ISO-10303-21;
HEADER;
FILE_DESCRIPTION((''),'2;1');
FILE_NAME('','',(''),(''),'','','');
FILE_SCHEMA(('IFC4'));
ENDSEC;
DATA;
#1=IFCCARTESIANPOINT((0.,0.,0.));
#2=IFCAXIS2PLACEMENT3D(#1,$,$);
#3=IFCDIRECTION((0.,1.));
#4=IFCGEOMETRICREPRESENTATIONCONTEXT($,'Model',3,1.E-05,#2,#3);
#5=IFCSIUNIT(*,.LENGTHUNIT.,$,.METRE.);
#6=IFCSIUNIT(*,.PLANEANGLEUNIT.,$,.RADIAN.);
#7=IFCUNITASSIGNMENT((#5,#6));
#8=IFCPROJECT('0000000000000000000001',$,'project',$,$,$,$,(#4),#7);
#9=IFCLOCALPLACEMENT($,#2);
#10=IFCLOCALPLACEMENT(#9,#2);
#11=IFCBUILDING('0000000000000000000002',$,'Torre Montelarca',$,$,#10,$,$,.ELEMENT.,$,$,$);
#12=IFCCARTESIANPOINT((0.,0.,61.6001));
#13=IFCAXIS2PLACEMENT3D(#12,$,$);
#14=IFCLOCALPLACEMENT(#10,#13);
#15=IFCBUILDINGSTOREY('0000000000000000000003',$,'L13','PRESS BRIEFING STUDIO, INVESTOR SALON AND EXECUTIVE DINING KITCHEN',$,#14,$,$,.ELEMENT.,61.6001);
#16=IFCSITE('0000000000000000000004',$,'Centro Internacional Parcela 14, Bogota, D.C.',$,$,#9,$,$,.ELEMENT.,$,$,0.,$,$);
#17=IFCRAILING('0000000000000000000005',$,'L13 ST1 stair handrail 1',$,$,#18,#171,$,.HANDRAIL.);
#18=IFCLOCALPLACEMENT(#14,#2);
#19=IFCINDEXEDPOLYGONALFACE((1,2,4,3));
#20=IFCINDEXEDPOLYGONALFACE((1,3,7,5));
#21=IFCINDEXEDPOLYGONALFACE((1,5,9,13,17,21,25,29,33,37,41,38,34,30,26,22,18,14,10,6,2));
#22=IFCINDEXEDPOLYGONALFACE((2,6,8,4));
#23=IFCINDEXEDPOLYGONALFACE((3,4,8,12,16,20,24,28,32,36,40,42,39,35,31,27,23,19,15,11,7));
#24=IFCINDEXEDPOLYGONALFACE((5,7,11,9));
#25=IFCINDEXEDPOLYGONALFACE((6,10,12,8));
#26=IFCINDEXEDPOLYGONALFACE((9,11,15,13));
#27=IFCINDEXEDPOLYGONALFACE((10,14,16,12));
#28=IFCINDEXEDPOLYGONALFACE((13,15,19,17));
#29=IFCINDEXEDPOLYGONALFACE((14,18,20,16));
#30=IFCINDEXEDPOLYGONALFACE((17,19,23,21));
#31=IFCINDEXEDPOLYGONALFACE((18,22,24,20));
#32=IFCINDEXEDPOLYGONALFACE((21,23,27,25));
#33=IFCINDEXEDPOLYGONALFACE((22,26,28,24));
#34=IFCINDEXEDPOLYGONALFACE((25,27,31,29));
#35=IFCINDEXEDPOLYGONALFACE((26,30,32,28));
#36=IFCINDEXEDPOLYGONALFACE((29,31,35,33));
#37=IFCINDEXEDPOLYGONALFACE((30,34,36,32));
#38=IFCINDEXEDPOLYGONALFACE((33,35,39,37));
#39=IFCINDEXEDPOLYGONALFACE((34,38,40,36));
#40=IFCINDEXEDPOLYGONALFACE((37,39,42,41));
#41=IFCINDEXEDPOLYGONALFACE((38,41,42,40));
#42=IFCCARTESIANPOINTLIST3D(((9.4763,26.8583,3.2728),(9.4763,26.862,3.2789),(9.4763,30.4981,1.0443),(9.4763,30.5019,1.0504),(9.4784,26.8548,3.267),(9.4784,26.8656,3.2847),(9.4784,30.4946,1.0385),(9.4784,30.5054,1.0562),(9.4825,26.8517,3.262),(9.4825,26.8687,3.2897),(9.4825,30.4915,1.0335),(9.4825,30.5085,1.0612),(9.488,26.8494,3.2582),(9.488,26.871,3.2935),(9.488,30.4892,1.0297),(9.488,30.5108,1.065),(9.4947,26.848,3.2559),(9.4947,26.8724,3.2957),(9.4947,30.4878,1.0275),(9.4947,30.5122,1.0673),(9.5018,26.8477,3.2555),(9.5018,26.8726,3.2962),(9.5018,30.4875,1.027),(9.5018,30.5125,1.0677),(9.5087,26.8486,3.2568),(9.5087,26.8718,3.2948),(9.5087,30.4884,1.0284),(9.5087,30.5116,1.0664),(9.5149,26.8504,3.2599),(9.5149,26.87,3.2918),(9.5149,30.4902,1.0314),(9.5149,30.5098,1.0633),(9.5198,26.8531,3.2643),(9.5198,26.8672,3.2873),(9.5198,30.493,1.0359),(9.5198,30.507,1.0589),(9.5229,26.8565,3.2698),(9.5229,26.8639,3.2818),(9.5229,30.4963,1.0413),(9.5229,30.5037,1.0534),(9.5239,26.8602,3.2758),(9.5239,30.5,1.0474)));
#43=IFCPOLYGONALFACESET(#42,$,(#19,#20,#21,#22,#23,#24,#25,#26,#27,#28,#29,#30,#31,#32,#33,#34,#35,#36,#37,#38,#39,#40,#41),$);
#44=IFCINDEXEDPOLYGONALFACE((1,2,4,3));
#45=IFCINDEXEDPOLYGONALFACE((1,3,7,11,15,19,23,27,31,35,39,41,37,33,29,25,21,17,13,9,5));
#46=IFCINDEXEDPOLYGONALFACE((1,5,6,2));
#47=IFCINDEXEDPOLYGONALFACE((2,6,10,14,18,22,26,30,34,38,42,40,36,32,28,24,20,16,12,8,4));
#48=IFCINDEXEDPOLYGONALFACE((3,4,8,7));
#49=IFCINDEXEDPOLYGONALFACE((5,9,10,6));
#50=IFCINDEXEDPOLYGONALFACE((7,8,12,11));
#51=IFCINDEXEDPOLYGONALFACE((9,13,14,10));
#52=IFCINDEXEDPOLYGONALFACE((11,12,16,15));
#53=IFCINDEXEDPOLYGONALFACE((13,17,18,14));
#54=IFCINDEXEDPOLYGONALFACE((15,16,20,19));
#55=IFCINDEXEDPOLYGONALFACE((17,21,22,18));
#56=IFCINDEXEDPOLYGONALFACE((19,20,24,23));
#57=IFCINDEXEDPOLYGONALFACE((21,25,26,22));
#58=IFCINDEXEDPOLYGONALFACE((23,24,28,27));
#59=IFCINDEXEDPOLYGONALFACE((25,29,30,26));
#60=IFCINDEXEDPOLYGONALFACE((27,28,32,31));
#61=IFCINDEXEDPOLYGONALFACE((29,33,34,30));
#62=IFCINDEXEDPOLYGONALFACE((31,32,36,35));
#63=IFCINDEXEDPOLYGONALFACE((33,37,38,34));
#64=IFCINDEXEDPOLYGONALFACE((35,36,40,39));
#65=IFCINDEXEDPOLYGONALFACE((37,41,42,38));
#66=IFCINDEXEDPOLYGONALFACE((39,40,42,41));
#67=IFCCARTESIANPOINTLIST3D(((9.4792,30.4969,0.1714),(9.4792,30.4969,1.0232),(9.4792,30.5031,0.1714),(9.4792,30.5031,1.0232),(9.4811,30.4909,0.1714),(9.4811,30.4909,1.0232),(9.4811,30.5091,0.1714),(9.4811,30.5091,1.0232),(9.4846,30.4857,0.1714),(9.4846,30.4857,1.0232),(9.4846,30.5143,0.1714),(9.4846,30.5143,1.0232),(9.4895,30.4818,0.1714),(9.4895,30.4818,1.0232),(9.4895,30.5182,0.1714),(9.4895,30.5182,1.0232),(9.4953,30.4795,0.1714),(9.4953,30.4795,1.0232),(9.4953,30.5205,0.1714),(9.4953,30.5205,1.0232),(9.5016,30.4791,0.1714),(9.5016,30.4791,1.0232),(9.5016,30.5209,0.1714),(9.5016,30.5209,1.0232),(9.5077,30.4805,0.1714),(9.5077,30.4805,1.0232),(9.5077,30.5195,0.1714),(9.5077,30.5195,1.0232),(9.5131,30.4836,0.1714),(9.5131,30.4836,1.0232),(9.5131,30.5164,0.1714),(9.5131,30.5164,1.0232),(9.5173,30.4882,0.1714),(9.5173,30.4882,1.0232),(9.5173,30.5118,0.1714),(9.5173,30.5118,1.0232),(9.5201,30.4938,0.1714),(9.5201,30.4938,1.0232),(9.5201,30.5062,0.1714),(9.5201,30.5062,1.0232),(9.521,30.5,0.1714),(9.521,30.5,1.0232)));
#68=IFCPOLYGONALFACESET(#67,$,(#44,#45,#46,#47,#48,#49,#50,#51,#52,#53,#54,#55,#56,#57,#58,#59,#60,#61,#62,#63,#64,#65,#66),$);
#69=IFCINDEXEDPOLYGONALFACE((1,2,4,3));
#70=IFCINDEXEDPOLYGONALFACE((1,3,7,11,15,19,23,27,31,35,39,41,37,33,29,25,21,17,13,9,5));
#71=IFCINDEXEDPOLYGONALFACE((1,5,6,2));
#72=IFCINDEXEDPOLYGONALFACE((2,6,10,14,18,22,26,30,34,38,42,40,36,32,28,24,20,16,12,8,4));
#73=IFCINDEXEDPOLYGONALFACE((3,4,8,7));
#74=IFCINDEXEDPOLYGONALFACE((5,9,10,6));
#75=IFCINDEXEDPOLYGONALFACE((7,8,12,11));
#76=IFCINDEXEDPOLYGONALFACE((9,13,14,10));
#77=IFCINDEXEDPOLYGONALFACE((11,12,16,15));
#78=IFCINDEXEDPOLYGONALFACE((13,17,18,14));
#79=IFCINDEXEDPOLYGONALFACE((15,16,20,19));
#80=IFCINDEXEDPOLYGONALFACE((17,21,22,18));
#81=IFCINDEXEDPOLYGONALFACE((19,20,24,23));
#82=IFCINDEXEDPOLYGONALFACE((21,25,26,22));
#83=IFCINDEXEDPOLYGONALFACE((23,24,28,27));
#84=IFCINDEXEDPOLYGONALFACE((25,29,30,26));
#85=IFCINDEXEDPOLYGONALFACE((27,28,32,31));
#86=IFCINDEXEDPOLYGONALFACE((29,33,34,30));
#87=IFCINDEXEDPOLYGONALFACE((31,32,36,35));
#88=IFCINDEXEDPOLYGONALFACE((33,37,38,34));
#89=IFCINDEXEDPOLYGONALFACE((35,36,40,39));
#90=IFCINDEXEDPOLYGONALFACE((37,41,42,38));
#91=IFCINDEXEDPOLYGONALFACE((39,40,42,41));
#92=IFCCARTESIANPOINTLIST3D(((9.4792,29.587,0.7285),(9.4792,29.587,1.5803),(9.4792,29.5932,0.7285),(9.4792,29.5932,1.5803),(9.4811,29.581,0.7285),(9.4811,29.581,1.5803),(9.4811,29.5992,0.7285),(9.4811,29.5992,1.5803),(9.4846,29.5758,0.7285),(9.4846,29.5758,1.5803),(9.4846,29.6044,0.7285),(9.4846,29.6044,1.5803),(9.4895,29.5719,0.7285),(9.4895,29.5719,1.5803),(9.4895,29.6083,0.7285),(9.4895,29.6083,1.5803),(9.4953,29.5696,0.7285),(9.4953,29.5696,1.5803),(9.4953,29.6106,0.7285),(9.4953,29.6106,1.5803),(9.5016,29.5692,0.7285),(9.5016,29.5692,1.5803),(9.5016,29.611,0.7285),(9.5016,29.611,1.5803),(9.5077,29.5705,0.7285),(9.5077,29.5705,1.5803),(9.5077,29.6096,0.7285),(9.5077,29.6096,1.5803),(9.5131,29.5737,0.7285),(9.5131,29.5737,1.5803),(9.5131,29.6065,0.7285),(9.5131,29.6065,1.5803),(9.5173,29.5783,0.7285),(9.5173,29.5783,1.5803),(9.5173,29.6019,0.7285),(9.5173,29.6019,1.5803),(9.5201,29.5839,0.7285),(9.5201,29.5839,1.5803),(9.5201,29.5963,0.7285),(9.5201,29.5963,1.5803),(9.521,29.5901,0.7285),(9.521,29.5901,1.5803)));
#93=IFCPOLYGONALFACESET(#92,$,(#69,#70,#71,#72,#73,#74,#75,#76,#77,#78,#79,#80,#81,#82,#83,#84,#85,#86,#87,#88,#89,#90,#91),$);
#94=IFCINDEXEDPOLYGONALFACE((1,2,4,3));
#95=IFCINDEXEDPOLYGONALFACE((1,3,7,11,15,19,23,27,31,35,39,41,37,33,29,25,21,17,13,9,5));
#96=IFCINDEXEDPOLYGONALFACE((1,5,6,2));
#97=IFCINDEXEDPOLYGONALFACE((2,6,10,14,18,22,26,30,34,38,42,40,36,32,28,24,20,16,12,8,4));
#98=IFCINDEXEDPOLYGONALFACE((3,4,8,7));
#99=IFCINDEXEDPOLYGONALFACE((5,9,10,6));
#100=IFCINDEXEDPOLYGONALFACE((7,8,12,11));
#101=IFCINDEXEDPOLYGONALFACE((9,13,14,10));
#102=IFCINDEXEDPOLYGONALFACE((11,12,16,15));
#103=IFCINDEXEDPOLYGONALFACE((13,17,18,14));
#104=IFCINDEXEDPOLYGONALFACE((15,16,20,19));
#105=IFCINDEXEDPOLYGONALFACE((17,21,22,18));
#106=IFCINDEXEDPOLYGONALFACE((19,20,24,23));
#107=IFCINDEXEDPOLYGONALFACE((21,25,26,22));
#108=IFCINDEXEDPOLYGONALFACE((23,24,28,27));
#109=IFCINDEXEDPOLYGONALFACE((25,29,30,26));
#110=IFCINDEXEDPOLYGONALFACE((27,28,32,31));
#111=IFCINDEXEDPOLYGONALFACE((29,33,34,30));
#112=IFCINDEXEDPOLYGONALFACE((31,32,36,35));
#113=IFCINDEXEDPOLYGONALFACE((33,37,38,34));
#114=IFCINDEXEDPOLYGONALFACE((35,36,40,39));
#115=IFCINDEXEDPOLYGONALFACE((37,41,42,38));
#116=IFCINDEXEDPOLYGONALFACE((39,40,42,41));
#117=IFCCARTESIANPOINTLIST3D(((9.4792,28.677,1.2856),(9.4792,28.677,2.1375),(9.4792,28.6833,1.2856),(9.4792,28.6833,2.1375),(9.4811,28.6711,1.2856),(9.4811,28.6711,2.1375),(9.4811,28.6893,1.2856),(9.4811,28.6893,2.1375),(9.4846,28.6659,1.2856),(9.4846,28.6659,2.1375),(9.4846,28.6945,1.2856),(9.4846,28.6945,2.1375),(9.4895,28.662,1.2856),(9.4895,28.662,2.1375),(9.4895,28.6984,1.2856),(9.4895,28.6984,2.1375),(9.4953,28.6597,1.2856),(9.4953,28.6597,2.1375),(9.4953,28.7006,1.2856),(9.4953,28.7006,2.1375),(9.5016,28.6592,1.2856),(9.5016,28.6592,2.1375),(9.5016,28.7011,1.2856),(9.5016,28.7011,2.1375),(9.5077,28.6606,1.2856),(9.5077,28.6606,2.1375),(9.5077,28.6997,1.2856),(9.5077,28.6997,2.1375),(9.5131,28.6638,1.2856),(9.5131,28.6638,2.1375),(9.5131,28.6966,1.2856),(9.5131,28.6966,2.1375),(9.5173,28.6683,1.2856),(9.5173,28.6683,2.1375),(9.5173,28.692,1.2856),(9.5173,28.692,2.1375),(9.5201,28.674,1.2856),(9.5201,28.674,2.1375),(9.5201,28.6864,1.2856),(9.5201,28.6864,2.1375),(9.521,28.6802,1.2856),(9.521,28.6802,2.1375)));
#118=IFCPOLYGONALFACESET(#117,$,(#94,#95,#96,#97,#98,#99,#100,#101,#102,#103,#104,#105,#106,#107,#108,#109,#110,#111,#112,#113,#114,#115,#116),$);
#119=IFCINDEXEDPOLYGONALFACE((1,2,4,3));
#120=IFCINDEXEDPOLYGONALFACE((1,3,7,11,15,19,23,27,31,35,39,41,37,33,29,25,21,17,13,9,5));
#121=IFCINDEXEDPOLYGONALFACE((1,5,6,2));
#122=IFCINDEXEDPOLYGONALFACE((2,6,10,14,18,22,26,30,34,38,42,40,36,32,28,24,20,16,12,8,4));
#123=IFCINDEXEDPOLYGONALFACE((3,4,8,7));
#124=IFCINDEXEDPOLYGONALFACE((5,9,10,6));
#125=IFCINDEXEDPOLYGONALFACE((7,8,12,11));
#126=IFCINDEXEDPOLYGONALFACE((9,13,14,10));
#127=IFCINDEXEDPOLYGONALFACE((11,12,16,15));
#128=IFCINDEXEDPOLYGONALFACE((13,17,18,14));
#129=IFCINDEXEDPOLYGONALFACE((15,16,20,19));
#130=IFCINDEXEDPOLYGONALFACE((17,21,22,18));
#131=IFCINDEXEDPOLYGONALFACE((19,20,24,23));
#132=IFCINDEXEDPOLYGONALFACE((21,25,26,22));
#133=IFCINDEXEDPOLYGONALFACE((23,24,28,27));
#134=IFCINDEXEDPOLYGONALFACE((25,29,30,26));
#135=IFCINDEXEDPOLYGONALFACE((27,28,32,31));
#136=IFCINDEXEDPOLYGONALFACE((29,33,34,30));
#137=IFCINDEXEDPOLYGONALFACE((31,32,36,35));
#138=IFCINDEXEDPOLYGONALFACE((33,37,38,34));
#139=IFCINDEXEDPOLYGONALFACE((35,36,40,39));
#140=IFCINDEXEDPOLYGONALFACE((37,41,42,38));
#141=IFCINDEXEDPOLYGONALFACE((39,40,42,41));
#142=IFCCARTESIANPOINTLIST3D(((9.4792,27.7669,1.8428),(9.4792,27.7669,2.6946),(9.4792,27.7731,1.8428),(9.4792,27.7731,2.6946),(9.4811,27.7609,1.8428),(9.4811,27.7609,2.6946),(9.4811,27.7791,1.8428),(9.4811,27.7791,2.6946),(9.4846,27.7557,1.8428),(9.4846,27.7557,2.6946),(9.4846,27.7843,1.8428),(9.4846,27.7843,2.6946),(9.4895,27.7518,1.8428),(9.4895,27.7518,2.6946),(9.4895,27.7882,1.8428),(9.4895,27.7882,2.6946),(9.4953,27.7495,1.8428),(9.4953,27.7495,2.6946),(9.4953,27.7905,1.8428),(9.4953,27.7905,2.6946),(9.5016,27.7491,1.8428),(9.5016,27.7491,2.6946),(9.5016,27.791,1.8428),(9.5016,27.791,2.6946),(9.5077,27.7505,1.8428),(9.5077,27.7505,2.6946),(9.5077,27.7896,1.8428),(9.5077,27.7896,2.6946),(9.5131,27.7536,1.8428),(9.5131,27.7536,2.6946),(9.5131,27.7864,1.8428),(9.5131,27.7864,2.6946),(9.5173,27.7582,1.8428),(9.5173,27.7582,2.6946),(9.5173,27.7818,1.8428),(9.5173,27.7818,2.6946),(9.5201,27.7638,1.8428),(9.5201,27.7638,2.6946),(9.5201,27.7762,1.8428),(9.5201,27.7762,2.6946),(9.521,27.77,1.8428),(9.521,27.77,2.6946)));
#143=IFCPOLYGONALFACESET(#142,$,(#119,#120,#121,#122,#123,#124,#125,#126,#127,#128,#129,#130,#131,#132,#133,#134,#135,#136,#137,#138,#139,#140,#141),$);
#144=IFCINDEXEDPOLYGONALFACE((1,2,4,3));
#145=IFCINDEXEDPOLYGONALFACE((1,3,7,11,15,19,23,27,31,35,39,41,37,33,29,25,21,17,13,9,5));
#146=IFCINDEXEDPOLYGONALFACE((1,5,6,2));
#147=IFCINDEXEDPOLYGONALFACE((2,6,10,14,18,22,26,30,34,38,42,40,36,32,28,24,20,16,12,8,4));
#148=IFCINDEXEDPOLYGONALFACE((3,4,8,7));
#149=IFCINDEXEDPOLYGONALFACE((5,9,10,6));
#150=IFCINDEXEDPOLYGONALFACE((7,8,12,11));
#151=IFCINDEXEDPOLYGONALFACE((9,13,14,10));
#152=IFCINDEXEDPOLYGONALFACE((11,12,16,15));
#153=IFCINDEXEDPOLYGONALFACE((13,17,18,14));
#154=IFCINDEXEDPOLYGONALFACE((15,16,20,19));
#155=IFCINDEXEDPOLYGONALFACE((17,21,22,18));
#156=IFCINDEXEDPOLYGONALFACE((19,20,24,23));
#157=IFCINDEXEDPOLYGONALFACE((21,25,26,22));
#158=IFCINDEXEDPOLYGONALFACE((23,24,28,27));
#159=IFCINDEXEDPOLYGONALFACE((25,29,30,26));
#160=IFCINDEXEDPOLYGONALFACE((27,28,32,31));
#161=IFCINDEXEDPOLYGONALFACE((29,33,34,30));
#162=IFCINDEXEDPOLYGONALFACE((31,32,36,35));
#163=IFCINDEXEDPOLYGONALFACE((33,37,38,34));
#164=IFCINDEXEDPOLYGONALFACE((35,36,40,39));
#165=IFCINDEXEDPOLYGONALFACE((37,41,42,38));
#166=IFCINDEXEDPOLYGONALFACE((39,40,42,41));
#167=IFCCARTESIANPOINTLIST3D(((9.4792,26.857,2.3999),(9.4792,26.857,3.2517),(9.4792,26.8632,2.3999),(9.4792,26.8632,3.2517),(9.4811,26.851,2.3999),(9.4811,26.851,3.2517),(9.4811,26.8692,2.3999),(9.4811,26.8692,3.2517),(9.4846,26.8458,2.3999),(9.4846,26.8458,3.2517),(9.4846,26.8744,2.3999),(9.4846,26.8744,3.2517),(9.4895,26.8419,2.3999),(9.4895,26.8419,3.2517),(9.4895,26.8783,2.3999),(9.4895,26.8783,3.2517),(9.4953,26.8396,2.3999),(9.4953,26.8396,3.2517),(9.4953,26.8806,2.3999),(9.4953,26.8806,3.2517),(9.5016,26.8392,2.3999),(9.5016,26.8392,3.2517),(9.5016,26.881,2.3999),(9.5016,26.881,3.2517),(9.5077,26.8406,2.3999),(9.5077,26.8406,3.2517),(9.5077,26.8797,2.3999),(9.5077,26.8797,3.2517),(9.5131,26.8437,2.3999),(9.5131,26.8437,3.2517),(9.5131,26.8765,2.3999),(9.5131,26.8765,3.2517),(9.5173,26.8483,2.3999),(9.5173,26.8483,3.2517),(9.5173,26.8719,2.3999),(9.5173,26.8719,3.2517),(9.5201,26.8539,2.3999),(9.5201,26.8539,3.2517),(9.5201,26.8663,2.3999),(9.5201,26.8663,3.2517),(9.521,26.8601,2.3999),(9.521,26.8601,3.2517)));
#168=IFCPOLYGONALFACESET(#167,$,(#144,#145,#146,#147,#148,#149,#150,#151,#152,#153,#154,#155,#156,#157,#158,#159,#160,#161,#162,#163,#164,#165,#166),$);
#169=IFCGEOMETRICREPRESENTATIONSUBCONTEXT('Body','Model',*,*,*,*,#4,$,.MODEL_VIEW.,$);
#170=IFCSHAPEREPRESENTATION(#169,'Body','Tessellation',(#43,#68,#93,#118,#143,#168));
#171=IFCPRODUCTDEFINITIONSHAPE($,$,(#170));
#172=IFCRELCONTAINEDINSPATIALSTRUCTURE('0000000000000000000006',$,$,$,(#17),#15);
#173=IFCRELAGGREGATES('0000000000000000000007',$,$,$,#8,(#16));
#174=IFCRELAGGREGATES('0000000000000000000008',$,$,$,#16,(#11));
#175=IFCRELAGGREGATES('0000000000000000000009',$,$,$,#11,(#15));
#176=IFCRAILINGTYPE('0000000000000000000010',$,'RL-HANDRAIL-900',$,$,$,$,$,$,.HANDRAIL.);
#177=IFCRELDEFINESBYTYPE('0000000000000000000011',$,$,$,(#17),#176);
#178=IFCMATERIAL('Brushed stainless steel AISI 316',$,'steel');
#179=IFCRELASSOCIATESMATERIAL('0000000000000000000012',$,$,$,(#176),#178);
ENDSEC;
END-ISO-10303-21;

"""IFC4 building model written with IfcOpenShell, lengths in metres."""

from ifc_helpers import new_model, si_unit, direction, frame, origin, origin_2d, place, context, subcontext, project, spatial, circle, extrude, material, type_object, element, save


model = new_model("IFC4")

# Units and contexts
model_context = context("Model", 3, precision=1e-05, world=origin(), true_north=direction((0.0, 1.0)))
body_context = subcontext(model_context, "Body", "Model", "MODEL_VIEW")
ifc_project = project(units=[si_unit("LENGTHUNIT", "METRE"), si_unit("PLANEANGLEUNIT", "RADIAN")], contexts=[model_context])

# Site, building, storey
site_placement = place(None, origin())
site = spatial("IfcSite", under=ifc_project, at=site_placement, Name="Centro Internacional Parcela 14, Bogota, D.C.", CompositionType="ELEMENT", RefElevation=0.0)
building_placement = place(site_placement, origin())
building = spatial("IfcBuilding", under=site, at=building_placement, Name="Torre Montelarca", CompositionType="ELEMENT")
storey_placement = place(building_placement, frame((0.0, 0.0, 61.6001)))
storey = spatial("IfcBuildingStorey", under=building, at=storey_placement, Name="L13", Description="PRESS BRIEFING STUDIO, INVESTOR SALON AND EXECUTIVE DINING KITCHEN", CompositionType="ELEMENT", Elevation=61.6001)

# Shared definitions
ifc_material_1 = material(Name="Brushed stainless steel AISI 316", Category="steel")

# Railing
railing_type_1 = type_object("IfcRailingType", Name="RL-HANDRAIL-900", PredefinedType="HANDRAIL", material=ifc_material_1)
railing_1_placement = place(storey_placement, frame((9.5, 30.5, 0.1714)))
element("IfcRailing", 1, at=railing_1_placement, inside=storey, type_object=railing_type_1, Name="L13 ST1 stair handrail 1", PredefinedType="HANDRAIL", context=body_context, shape_type="SweptSolid", body=[
    extrude(circle(Radius=0.0239, at=origin_2d()), frame((0.0, 0.0, 0.876), z_axis=(0.0, -0.85285, 0.522156), x_axis=(1.0, 0.0, 0.0)), (0.0, 0.0, 1.0), 4.2678),
    extrude(circle(Radius=0.021, at=origin_2d()), origin(), (0.0, 0.0, 1.0), 0.8518),
    extrude(circle(Radius=0.021, at=origin_2d()), frame((0.0, -0.9099, 0.5571)), (0.0, 0.0, 1.0), 0.8518),
    extrude(circle(Radius=0.021, at=origin_2d()), frame((0.0, -1.8198, 1.1143)), (0.0, 0.0, 1.0), 0.8518),
    extrude(circle(Radius=0.021, at=origin_2d()), frame((0.0, -2.73, 1.6714)), (0.0, 0.0, 1.0), 0.8518),
    extrude(circle(Radius=0.021, at=origin_2d()), frame((0.0, -3.6399, 2.2285)), (0.0, 0.0, 1.0), 0.8518),
])

save(model, "model.ifc")
